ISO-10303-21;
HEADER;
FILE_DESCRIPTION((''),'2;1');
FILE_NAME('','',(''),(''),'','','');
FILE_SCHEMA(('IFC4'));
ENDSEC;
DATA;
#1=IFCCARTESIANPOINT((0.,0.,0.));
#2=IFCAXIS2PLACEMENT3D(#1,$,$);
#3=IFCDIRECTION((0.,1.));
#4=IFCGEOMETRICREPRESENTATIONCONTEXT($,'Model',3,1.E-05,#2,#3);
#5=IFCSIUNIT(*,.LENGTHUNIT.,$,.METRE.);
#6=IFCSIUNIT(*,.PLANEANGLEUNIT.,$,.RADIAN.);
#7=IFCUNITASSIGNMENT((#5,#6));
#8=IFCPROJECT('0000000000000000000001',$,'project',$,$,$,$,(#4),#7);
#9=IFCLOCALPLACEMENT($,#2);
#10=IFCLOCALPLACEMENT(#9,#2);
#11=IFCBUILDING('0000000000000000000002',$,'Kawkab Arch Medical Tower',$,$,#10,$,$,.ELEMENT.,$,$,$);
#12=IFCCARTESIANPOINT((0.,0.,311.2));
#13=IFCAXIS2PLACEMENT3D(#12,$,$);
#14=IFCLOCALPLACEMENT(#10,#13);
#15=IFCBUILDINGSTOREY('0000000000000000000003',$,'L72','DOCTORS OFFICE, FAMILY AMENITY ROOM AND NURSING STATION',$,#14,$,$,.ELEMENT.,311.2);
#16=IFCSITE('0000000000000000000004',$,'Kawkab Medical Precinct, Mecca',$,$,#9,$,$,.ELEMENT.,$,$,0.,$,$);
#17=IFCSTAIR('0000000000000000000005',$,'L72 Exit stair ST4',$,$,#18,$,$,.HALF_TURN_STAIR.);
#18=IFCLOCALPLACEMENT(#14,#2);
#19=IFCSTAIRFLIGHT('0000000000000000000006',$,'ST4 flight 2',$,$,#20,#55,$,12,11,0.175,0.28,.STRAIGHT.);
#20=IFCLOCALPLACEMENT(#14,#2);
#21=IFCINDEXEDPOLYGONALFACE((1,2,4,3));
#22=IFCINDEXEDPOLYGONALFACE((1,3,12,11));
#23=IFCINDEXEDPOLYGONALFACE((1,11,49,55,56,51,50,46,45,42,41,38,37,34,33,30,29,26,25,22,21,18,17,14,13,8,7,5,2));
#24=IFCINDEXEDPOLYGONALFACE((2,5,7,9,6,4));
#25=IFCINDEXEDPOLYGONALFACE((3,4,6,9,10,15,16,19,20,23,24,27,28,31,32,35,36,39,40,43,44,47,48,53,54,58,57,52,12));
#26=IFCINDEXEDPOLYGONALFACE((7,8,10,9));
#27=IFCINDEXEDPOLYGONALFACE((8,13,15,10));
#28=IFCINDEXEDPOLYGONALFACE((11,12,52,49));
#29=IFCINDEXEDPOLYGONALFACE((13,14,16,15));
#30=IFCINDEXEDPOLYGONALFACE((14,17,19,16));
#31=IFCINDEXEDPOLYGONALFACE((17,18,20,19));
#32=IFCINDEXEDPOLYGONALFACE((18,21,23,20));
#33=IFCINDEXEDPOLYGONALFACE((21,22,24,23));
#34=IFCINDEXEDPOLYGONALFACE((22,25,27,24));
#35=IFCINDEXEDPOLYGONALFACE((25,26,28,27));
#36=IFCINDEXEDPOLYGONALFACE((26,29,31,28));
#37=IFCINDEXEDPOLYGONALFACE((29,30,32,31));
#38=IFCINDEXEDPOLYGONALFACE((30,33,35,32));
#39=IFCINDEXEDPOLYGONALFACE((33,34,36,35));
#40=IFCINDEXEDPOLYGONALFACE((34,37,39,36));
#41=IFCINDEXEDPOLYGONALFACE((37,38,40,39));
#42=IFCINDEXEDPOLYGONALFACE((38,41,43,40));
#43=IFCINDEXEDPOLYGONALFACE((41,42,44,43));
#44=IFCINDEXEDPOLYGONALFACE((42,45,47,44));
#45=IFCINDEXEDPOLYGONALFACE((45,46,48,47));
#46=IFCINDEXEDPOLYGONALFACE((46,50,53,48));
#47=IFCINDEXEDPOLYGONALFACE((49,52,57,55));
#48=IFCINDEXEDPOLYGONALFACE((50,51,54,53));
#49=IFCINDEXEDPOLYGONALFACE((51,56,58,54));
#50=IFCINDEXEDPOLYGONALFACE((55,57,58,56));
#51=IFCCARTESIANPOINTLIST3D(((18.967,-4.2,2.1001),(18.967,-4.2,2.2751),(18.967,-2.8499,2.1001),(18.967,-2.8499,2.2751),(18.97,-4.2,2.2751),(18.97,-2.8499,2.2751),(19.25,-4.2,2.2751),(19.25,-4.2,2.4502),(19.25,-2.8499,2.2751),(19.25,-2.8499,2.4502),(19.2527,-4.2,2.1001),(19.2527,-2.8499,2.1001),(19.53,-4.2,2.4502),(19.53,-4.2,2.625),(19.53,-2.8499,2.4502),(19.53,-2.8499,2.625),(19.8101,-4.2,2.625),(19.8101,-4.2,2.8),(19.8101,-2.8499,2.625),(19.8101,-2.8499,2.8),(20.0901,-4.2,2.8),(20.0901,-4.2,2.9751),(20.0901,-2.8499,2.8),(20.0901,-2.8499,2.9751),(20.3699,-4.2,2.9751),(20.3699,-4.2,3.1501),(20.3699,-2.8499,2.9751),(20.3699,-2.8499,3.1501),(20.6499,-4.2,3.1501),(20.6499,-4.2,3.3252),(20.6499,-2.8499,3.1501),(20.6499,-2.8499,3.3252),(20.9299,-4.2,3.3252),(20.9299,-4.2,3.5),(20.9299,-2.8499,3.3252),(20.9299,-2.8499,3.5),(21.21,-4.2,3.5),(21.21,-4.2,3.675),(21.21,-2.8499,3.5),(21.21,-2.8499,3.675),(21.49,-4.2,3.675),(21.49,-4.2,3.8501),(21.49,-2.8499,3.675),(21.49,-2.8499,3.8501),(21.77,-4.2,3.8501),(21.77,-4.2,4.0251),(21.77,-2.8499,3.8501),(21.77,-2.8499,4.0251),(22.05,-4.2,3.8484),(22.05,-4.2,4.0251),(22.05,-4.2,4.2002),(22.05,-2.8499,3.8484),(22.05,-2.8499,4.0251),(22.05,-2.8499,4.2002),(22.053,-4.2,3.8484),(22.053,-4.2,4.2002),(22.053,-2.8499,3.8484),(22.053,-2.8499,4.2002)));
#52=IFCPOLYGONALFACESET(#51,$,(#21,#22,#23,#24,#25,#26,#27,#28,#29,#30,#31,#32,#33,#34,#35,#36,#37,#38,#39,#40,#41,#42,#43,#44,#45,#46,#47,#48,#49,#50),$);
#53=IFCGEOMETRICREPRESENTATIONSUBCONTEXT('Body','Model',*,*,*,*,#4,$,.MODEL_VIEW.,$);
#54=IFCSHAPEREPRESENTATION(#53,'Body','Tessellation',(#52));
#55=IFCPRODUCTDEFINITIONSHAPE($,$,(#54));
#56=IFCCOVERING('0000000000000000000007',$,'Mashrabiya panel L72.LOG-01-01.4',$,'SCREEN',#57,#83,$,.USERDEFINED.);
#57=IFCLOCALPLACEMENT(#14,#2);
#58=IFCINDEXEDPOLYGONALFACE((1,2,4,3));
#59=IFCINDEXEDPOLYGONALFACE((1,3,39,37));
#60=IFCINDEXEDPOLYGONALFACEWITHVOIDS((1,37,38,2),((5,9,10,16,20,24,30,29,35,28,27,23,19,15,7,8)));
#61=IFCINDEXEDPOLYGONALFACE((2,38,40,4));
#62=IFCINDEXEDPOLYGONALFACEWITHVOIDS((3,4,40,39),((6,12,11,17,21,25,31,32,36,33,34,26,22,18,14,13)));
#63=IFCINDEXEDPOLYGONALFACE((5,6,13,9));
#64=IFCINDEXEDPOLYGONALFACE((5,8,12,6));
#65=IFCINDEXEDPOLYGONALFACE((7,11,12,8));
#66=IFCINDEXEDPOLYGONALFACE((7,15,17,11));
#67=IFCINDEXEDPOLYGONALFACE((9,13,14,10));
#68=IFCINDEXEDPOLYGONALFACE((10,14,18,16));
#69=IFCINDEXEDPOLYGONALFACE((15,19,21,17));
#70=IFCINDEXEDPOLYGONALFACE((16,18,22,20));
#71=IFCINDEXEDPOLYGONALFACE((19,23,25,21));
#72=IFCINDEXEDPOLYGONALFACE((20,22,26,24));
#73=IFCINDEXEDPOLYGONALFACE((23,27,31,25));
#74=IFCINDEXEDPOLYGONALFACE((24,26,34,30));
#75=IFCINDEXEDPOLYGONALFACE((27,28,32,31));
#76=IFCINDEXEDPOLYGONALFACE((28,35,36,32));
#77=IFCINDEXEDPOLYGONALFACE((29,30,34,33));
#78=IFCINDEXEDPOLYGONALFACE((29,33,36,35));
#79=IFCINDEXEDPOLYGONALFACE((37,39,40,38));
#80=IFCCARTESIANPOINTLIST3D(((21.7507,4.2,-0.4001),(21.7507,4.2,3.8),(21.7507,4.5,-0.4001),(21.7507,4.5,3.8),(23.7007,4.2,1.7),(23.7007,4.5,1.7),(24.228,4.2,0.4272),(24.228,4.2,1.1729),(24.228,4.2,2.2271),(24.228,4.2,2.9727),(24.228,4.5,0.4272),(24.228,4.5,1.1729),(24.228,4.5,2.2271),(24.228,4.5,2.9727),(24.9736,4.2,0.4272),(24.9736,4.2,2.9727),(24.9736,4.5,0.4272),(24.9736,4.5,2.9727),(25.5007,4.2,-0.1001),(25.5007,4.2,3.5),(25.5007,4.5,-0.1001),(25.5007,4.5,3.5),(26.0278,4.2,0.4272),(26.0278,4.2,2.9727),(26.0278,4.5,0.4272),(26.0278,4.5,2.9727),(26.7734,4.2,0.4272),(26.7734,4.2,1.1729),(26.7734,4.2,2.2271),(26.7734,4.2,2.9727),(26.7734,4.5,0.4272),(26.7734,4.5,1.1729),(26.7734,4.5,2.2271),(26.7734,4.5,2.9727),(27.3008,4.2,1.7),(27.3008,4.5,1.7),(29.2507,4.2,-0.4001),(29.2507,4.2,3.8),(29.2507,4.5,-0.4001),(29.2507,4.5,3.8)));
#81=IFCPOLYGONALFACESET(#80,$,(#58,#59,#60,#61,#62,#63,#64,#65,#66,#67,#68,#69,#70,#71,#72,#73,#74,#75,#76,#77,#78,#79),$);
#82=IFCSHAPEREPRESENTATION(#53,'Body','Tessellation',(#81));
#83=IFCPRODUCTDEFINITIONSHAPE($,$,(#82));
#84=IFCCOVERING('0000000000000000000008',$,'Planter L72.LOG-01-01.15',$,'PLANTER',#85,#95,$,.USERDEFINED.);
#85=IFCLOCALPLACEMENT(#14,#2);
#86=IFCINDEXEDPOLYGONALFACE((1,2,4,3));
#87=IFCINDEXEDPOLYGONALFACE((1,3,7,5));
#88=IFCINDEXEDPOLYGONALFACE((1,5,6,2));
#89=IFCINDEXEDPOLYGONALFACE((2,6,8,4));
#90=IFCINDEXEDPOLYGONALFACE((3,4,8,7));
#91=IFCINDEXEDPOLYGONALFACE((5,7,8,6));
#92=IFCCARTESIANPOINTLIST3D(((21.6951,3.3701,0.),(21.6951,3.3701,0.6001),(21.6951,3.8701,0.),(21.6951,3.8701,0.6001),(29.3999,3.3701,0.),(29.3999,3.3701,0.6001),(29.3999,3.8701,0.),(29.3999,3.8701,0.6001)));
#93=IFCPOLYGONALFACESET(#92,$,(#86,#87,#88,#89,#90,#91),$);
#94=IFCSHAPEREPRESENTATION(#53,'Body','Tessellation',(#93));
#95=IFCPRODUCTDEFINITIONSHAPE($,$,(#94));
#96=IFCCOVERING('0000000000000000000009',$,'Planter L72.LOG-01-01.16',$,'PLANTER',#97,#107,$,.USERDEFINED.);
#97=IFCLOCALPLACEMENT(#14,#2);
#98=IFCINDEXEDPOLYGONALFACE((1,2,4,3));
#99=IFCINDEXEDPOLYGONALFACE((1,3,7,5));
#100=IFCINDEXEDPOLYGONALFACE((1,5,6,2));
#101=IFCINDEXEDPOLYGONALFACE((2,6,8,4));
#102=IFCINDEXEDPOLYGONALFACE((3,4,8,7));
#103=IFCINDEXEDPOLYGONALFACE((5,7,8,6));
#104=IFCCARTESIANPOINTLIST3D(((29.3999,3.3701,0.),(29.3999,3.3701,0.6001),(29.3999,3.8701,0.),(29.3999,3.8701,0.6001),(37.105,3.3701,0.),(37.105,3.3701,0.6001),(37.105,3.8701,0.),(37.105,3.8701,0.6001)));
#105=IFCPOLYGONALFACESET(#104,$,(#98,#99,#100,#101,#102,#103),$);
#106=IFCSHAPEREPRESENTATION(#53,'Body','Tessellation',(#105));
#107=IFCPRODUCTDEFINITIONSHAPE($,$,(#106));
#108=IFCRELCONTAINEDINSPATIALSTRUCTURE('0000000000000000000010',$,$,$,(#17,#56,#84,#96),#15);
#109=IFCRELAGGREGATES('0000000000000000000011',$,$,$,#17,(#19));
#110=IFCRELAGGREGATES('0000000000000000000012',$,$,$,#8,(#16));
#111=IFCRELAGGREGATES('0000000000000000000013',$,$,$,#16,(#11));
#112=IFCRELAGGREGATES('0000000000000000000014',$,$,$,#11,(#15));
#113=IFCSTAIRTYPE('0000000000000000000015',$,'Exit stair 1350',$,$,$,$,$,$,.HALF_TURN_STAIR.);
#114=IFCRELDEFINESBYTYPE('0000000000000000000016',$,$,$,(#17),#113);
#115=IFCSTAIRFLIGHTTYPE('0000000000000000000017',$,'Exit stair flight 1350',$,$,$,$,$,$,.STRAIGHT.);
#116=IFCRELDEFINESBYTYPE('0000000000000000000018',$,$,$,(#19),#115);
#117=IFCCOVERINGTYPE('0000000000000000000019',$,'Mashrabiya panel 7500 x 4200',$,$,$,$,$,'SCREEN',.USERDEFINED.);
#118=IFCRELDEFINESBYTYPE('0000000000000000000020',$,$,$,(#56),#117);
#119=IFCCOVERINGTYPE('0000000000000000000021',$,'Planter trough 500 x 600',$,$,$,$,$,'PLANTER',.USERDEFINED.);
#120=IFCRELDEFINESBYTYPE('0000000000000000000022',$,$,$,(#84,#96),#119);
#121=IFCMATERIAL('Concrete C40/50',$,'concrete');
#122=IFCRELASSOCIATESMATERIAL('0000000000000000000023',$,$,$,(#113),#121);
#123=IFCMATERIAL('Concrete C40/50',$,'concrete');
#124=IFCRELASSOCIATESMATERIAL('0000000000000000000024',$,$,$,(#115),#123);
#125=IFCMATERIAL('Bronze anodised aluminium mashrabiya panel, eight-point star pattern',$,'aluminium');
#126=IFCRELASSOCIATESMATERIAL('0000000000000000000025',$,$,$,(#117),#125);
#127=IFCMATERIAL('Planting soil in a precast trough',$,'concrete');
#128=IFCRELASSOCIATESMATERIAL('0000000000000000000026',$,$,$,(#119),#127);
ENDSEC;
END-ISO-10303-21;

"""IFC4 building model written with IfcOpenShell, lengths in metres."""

from ifc_helpers import new_model, si_unit, direction, frame, origin, origin_2d, place, context, subcontext, project, spatial, polyline, rectangle, outline, extrude, material, material_profile, profile_set, type_object, element, aggregate, save


model = new_model("IFC4")

# Units and contexts
model_context = context("Model", 3, precision=1e-05, world=origin(), true_north=direction((0.0, 1.0)))
body_context = subcontext(model_context, "Body", "Model", "MODEL_VIEW")
ifc_project = project(units=[si_unit("LENGTHUNIT", "METRE"), si_unit("PLANEANGLEUNIT", "RADIAN")], contexts=[model_context])

# Site, building, storey
site_placement = place(None, origin())
site = spatial("IfcSite", under=ifc_project, at=site_placement, Name="Kawkab Medical Precinct, Mecca", CompositionType="ELEMENT", RefElevation=0.0)
building_placement = place(site_placement, origin())
building = spatial("IfcBuilding", under=site, at=building_placement, Name="Kawkab Arch Medical Tower", CompositionType="ELEMENT")
storey_placement = place(building_placement, frame((0.0, 0.0, 311.2)))
storey = spatial("IfcBuildingStorey", under=building, at=storey_placement, Name="L72", Description="DOCTORS OFFICE, FAMILY AMENITY ROOM AND NURSING STATION", CompositionType="ELEMENT", Elevation=311.2)

# Shared definitions
placement = place(storey_placement, origin())

# Stair, stair flight
ifc_material_1 = material(Name="Concrete C40/50", Category="concrete")
stair_type = type_object("IfcStairType", Name="Exit stair 1350", PredefinedType="HALF_TURN_STAIR", material=ifc_material_1)
stair = element("IfcStair", 1, at=placement, inside=storey, type_object=stair_type, Name="L72 Exit stair ST4", PredefinedType="HALF_TURN_STAIR")
ifc_material_2 = material(Name="Concrete C40/50", Category="concrete")
stair_flight_type = type_object("IfcStairFlightType", Name="Exit stair flight 1350", PredefinedType="STRAIGHT", material=ifc_material_2)
stair_flight_1_placement = place(storey_placement, frame((18.97, -3.5249, 2.1001), z_axis=(0.0, 0.0, 1.0), x_axis=(1.0, 0.0, 0.0)))
stair_flight_1 = element("IfcStairFlight", 2, at=stair_flight_1_placement, type_object=stair_flight_type, Name="ST4 flight 2", NumberOfRisers=12, NumberOfTreads=11, PredefinedType="STRAIGHT", RiserHeight=0.175, TreadLength=0.28, context=body_context, shape_type="SweptSolid", body=[
    extrude(outline(polyline([(-0.0029, 0.0), (-0.0029, 0.175), (0.0, 0.175), (0.28, 0.175), (0.28, 0.3501), (0.5601, 0.3501), (0.5601, 0.5249), (0.8401, 0.5249), (0.8401, 0.7), (1.1201, 0.7), (1.1201, 0.875), (1.3999, 0.875), (1.3999, 1.05), (1.6799, 1.05), (1.6799, 1.2251), (1.96, 1.2251), (1.96, 1.3999), (2.24, 1.3999), (2.24, 1.575), (2.52, 1.575), (2.52, 1.75), (2.8, 1.75), (2.8, 1.925), (3.0801, 1.925), (3.0801, 2.1001), (3.083, 2.1001), (3.083, 1.7483), (3.0801, 1.7483), (0.2827, 0.0), (-0.0029, 0.0)])), frame((0.0, 0.675, 0.0), z_axis=(0.0, -1.0, 0.0), x_axis=(1.0, 0.0, 0.0)), (0.0, 0.0, 1.0), 1.3501),
])
aggregate(stair, [stair_flight_1])

# Coverings
ifc_material_3 = material(Name="Bronze anodised aluminium mashrabiya panel, eight-point star pattern", Category="aluminium")
ifc_material_profile_1 = material_profile(ifc_material_3, outline(polyline([(-3.75, -2.1001), (3.75, -2.1001), (3.75, 2.1001), (-3.75, 2.1001), (-3.75, -2.1001)]), holes=[polyline([(1.8, 0.0), (1.2727, 0.5271), (1.2727, 1.2727), (0.5271, 1.2727), (0.0, 1.8), (-0.5271, 1.2727), (-1.2727, 1.2727), (-1.2727, 0.5271), (-1.8, 0.0), (-1.2727, -0.5271), (-1.2727, -1.2727), (-0.5271, -1.2727), (0.0, -1.8), (0.5271, -1.2727), (1.2727, -1.2727), (1.2727, -0.5271), (1.8, 0.0)])]), Name="Mashrabiya panel 7500x4200")
ifc_profile_set_1 = profile_set([ifc_material_profile_1], Name="Bronze anodised aluminium mashrabiya panel, eight-point star pattern")
covering_type_1 = type_object("IfcCoveringType", Name="Mashrabiya panel 7500 x 4200", ElementType="SCREEN", PredefinedType="USERDEFINED", material=ifc_profile_set_1)
covering_1_placement = place(storey_placement, frame((25.5007, 4.2, 1.7), z_axis=(0.0, 1.0, 0.0), x_axis=(-1.0, 0.0, 0.0)))
element("IfcCovering", 3, at=covering_1_placement, inside=storey, type_object=covering_type_1, Name="Mashrabiya panel L72.LOG-01-01.4", ObjectType="SCREEN", PredefinedType="USERDEFINED", context=body_context, shape_type="SweptSolid", body=[
    extrude(outline(polyline([(-3.75, -2.1001), (3.75, -2.1001), (3.75, 2.1001), (-3.75, 2.1001), (-3.75, -2.1001)]), holes=[polyline([(1.8, 0.0), (1.2727, 0.5271), (1.2727, 1.2727), (0.5271, 1.2727), (0.0, 1.8), (-0.5271, 1.2727), (-1.2727, 1.2727), (-1.2727, 0.5271), (-1.8, 0.0), (-1.2727, -0.5271), (-1.2727, -1.2727), (-0.5271, -1.2727), (0.0, -1.8), (0.5271, -1.2727), (1.2727, -1.2727), (1.2727, -0.5271), (1.8, 0.0)])]), origin(), (0.0, 0.0, 1.0), 0.3),
])
ifc_material_4 = material(Name="Planting soil in a precast trough", Category="concrete")
ifc_material_profile_2 = material_profile(ifc_material_4, rectangle(XDim=0.5, YDim=0.6001, at=origin_2d()), Name="Trough 500x600")
ifc_profile_set_2 = profile_set([ifc_material_profile_2], Name="Planting soil in a precast trough")
covering_type_2 = type_object("IfcCoveringType", Name="Planter trough 500 x 600", ElementType="PLANTER", PredefinedType="USERDEFINED", material=ifc_profile_set_2)
covering_2_placement = place(storey_placement, frame((21.6951, 3.6201, 0.3), z_axis=(1.0, 0.0, 0.0), x_axis=(0.0, 1.0, 0.0)))
element("IfcCovering", 4, at=covering_2_placement, inside=storey, type_object=covering_type_2, Name="Planter L72.LOG-01-01.15", ObjectType="PLANTER", PredefinedType="USERDEFINED", context=body_context, shape_type="SweptSolid", body=[
    extrude(rectangle(XDim=0.5, YDim=0.6001, at=origin_2d()), origin(), (0.0, 0.0, 1.0), 7.7048),
])
covering_3_placement = place(storey_placement, frame((29.3999, 3.6201, 0.3), z_axis=(1.0, 0.0, 0.0), x_axis=(0.0, 1.0, 0.0)))
element("IfcCovering", 5, at=covering_3_placement, inside=storey, type_object=covering_type_2, Name="Planter L72.LOG-01-01.16", ObjectType="PLANTER", PredefinedType="USERDEFINED", context=body_context, shape_type="SweptSolid", body=[
    extrude(rectangle(XDim=0.5, YDim=0.6001, at=origin_2d()), origin(), (0.0, 0.0, 1.0), 7.7051),
])

save(model, "model.ifc")
